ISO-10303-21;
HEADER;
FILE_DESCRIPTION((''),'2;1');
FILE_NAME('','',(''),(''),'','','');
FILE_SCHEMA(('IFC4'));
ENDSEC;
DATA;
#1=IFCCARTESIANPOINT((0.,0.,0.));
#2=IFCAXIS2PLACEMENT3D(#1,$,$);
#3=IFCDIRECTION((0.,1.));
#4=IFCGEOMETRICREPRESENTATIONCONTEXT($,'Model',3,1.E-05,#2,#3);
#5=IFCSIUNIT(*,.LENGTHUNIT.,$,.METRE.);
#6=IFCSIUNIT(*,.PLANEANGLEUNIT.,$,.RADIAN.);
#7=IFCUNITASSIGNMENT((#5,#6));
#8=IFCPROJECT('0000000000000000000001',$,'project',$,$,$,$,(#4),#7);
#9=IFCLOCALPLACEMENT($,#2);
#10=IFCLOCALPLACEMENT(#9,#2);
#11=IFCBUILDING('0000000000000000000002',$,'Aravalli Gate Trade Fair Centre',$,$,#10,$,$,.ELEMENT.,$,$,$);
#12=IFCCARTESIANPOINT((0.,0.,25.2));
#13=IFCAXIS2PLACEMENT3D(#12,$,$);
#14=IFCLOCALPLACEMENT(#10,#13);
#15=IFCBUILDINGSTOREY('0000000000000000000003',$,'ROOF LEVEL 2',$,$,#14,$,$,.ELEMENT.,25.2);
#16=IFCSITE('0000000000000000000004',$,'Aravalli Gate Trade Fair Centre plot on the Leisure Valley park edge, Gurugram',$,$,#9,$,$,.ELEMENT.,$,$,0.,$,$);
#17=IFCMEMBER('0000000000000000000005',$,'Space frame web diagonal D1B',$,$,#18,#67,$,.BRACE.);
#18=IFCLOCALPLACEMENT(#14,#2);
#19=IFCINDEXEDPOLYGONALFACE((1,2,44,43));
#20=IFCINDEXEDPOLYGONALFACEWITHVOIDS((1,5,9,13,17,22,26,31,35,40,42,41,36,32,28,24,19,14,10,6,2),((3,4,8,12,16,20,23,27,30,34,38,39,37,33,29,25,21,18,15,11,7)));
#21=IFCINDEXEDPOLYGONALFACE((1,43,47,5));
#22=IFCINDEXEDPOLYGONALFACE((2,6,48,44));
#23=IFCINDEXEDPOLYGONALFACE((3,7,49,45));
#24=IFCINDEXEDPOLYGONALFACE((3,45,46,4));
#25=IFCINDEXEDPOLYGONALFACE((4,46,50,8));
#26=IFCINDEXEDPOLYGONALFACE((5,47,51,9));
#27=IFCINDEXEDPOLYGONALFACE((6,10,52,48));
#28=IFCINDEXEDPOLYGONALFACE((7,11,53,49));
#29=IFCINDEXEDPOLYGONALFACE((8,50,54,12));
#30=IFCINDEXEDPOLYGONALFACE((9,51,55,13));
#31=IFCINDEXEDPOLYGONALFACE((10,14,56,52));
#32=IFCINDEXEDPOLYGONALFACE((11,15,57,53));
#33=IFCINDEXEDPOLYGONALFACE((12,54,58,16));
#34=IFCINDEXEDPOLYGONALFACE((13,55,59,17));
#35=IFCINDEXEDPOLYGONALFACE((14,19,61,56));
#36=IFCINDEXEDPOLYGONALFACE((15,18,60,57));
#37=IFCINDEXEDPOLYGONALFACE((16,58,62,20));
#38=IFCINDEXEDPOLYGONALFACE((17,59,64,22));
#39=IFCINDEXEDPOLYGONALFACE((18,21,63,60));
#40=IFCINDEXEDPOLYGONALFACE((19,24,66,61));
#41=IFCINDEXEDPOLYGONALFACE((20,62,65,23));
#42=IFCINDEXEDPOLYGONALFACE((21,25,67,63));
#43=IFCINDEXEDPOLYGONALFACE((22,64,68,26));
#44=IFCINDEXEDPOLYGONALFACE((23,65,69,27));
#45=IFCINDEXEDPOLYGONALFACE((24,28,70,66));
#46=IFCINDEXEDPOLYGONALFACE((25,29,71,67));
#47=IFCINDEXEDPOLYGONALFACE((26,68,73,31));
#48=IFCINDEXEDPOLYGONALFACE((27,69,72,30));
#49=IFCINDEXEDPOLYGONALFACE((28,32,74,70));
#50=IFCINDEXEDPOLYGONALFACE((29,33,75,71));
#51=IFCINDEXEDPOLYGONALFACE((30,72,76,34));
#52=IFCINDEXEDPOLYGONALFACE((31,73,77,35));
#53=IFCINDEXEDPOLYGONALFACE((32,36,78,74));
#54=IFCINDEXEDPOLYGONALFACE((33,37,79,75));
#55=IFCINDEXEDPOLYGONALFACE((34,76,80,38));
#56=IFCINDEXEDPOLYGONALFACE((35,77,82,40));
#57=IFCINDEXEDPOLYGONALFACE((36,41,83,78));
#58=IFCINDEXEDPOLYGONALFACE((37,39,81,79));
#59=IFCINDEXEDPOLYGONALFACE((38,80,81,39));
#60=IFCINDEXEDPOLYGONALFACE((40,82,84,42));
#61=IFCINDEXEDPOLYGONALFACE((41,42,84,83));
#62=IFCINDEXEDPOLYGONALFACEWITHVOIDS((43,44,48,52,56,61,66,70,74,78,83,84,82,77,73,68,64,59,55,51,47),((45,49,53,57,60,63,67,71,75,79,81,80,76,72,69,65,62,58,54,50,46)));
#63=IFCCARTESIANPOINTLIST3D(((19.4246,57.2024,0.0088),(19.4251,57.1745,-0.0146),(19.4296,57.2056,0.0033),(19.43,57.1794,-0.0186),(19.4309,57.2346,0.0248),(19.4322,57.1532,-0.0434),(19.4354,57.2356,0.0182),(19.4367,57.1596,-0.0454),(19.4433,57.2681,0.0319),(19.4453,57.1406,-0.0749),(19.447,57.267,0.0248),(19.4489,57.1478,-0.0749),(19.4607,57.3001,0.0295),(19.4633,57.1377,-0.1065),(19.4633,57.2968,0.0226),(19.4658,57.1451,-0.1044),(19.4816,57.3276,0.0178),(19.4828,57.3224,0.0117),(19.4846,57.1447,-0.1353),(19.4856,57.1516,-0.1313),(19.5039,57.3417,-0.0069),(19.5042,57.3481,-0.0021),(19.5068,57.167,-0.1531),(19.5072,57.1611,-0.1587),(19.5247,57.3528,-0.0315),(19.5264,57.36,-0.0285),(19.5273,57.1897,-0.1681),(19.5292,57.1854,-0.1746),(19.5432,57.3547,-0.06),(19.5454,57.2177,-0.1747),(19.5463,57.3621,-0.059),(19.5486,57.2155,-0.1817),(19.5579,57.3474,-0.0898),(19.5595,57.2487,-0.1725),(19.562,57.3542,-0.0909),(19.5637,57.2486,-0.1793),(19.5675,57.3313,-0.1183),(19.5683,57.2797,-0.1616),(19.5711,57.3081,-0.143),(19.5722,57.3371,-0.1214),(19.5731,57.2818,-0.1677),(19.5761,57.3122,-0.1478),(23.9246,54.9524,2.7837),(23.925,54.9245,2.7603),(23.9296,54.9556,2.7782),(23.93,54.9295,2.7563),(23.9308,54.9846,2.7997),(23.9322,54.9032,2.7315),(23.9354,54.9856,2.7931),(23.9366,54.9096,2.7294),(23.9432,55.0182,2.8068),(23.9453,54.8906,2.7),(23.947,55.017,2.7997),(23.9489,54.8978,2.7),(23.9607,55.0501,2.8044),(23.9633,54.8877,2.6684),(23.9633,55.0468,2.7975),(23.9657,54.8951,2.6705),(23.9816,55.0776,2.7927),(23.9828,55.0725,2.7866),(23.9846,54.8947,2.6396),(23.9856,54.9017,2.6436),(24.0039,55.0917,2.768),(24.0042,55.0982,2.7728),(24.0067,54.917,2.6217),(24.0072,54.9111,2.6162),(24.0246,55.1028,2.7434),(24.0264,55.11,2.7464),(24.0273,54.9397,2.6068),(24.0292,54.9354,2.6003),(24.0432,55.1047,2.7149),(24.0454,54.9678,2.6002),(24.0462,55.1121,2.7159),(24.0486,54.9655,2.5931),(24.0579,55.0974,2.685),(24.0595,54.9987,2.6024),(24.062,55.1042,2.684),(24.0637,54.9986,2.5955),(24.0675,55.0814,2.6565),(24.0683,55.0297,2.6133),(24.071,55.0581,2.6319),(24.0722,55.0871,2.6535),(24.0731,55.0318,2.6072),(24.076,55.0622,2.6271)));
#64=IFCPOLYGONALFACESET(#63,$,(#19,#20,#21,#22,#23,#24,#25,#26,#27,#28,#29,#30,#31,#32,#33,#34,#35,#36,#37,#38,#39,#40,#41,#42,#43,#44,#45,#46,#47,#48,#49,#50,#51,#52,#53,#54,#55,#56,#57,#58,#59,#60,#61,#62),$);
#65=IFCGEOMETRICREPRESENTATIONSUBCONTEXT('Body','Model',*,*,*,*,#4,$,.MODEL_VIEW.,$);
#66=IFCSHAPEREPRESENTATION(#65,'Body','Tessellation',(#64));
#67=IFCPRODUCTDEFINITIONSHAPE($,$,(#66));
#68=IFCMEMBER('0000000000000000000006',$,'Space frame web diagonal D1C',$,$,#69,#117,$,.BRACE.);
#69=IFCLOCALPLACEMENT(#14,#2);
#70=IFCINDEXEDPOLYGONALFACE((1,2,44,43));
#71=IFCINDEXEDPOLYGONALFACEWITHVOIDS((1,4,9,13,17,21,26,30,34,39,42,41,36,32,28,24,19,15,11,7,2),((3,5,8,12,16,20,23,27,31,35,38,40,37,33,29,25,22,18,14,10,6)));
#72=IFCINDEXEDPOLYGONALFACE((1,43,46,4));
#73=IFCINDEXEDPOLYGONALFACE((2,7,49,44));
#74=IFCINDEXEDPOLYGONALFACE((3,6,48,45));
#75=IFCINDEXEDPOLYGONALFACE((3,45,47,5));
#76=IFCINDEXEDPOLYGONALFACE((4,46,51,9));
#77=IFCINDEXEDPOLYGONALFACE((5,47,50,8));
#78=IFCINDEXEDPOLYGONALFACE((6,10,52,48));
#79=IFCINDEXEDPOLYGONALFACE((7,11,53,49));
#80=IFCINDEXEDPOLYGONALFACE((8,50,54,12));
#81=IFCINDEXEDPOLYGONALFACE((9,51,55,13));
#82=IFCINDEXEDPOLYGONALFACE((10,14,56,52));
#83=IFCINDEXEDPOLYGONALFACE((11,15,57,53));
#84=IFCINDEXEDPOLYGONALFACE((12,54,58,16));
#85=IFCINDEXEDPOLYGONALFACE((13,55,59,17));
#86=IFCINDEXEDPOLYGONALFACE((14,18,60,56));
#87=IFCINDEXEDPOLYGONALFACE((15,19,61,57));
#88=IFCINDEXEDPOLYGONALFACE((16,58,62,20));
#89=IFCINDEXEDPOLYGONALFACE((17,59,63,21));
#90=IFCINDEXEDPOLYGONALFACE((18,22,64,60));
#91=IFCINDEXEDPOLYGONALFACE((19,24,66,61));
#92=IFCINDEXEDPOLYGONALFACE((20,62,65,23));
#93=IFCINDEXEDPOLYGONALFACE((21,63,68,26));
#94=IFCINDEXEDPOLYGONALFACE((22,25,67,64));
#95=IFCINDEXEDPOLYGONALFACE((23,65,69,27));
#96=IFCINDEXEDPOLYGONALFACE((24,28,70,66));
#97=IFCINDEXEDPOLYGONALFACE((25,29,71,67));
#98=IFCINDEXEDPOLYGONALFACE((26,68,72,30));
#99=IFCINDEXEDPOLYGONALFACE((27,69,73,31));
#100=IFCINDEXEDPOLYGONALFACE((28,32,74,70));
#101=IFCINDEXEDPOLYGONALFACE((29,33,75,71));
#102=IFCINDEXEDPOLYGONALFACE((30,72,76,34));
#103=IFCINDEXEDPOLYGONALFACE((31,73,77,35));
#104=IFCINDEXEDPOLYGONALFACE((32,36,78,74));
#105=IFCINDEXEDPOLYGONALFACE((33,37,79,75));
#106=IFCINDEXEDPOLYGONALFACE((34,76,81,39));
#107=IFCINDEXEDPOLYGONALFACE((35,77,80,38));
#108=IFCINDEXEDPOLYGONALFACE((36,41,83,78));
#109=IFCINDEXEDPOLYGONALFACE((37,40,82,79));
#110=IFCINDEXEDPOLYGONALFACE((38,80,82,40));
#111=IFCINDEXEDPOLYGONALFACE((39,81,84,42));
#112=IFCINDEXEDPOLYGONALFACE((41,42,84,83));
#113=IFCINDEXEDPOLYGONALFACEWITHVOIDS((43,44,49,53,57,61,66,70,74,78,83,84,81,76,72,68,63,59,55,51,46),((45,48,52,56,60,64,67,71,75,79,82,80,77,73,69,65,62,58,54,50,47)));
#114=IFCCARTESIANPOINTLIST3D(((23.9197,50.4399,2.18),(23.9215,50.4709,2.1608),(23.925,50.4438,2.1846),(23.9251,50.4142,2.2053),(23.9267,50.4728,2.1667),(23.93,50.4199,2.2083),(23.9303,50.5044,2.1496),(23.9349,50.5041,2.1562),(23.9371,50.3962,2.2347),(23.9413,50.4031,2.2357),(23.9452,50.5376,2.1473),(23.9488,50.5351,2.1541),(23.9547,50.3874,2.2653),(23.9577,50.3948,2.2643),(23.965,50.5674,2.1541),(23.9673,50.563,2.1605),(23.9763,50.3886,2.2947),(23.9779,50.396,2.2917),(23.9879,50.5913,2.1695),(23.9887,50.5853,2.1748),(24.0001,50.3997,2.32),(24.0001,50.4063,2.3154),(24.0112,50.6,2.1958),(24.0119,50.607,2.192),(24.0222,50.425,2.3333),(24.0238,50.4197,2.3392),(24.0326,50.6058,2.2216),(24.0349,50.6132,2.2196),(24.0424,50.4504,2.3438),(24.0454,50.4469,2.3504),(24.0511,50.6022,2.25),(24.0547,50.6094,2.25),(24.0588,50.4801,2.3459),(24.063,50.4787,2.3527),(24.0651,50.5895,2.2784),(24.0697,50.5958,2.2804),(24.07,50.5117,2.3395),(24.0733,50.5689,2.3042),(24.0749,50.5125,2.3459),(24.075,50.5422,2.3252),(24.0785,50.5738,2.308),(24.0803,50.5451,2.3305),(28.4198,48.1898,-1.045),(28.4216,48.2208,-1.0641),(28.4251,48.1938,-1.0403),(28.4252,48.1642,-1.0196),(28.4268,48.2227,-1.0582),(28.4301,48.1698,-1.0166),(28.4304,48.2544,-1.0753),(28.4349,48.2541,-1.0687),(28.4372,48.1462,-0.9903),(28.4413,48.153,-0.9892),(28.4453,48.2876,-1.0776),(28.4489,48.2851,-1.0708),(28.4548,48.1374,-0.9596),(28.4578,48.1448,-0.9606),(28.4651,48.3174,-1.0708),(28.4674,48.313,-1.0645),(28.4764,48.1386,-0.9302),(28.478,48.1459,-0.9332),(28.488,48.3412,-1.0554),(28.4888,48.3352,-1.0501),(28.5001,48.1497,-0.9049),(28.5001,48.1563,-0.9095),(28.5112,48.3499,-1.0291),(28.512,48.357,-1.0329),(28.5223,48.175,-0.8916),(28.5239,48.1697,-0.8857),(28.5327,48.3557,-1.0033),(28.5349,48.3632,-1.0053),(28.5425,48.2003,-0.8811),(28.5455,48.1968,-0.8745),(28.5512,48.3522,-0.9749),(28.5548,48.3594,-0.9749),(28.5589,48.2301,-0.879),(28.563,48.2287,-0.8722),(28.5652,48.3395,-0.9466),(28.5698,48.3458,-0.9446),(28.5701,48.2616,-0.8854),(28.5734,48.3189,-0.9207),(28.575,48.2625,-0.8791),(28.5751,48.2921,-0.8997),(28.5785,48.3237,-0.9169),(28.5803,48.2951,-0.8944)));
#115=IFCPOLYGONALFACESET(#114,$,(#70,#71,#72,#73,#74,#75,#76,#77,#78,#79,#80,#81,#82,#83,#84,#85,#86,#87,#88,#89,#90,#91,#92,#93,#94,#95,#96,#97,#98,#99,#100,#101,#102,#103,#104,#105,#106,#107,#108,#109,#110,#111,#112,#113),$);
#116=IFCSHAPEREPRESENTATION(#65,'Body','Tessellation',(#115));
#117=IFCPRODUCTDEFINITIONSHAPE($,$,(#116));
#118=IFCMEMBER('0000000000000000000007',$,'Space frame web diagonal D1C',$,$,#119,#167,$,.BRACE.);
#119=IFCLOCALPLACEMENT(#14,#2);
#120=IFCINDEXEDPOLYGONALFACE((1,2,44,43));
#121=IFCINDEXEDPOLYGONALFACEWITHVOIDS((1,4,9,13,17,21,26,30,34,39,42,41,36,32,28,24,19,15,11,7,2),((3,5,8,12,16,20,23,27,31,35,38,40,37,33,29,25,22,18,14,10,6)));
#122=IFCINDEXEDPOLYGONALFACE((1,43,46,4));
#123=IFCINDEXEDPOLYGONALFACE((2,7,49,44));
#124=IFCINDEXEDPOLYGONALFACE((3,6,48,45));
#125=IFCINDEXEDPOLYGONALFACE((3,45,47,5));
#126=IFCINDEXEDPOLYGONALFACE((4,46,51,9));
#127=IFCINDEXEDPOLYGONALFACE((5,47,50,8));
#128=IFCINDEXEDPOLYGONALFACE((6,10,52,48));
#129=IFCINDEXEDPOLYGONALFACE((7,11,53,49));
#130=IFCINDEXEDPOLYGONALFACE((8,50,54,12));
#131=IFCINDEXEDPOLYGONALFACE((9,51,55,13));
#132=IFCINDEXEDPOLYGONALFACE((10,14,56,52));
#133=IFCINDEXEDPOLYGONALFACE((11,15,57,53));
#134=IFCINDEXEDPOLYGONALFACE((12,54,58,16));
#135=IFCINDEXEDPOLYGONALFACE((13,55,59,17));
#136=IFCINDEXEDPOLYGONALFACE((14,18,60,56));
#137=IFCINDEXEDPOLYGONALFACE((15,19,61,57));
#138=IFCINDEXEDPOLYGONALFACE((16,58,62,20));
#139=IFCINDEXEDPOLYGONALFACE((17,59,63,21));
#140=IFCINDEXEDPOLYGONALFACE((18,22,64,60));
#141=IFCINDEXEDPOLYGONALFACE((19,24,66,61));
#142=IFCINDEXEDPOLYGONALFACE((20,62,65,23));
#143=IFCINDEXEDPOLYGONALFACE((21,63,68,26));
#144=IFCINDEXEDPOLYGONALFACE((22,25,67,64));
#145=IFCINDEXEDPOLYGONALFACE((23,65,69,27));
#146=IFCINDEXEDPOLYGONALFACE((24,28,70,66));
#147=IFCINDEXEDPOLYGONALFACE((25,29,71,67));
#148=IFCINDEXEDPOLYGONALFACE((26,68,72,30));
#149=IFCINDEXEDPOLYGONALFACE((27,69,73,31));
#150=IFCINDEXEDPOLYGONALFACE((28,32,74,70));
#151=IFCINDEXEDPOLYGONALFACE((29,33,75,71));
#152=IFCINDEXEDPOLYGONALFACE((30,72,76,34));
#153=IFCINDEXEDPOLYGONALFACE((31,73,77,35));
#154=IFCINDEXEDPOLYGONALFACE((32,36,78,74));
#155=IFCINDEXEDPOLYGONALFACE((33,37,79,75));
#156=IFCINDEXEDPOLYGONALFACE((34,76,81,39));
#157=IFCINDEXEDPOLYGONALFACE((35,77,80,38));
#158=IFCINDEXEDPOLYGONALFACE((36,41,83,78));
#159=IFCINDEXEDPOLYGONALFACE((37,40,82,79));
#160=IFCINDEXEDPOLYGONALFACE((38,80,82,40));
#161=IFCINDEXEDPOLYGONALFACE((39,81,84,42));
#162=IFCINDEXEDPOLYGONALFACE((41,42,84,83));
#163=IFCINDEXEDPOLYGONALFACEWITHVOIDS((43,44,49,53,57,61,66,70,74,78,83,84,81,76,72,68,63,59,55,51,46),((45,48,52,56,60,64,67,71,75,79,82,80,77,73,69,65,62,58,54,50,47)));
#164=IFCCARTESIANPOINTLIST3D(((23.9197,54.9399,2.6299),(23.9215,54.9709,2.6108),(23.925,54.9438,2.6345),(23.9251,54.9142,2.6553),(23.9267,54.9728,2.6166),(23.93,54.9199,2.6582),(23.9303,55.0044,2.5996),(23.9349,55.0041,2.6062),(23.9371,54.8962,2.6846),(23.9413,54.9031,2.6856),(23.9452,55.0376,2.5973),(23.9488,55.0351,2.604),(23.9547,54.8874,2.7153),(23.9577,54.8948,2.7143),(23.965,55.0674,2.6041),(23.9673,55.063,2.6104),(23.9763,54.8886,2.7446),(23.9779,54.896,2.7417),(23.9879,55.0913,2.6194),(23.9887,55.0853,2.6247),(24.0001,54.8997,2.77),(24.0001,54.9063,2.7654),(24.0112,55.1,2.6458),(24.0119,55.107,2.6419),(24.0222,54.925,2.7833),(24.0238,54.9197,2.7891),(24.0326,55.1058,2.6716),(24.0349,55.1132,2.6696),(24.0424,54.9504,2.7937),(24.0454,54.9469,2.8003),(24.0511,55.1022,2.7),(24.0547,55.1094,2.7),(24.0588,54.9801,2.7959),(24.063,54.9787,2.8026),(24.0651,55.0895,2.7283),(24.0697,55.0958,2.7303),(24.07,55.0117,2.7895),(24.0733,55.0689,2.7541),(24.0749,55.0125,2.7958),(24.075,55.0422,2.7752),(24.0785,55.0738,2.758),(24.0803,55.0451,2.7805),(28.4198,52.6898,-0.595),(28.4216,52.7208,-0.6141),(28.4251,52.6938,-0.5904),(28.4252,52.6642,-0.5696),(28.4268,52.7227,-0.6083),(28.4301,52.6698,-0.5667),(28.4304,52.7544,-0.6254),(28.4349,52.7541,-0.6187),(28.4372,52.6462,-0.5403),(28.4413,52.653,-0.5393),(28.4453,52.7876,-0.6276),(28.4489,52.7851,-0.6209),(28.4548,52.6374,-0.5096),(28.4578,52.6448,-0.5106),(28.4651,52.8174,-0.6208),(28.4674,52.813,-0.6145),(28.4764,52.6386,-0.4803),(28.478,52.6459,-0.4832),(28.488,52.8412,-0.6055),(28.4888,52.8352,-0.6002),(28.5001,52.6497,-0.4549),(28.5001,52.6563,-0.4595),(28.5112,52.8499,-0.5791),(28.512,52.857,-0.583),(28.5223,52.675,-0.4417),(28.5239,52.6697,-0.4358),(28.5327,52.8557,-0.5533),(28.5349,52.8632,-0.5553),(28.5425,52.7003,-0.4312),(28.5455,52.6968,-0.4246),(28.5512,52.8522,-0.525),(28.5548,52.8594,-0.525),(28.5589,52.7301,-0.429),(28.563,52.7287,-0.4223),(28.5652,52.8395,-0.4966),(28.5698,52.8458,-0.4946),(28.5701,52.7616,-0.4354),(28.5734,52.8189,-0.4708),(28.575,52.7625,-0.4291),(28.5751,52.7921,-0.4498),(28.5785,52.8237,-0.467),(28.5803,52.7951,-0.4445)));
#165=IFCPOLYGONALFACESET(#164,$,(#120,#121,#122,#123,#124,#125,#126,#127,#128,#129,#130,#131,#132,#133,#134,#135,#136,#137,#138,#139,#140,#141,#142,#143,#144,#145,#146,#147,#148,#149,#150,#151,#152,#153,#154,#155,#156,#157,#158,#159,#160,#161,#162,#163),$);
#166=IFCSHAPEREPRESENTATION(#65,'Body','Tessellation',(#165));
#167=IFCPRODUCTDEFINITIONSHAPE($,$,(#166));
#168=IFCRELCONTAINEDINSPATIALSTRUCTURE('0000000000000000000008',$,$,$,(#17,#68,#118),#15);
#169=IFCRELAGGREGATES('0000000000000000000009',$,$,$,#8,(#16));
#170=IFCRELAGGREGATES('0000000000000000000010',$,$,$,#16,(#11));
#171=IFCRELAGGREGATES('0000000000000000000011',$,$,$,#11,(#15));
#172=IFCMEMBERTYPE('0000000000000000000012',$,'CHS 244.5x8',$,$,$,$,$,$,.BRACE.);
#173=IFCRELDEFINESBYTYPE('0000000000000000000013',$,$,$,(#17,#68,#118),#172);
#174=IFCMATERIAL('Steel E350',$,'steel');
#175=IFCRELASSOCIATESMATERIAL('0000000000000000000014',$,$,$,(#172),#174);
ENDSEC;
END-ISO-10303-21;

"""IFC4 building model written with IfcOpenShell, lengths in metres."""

from ifc_helpers import new_model, si_unit, direction, frame, origin, origin_2d, place, context, subcontext, project, spatial, hollow_circle, extrude, material, material_profile, profile_set, type_object, element, save


model = new_model("IFC4")

# Units and contexts
model_context = context("Model", 3, precision=1e-05, world=origin(), true_north=direction((0.0, 1.0)))
body_context = subcontext(model_context, "Body", "Model", "MODEL_VIEW")
ifc_project = project(units=[si_unit("LENGTHUNIT", "METRE"), si_unit("PLANEANGLEUNIT", "RADIAN")], contexts=[model_context])

# Site, building, storey
site_placement = place(None, origin())
site = spatial("IfcSite", under=ifc_project, at=site_placement, Name="Aravalli Gate Trade Fair Centre plot on the Leisure Valley park edge, Gurugram", CompositionType="ELEMENT", RefElevation=0.0)
building_placement = place(site_placement, origin())
building = spatial("IfcBuilding", under=site, at=building_placement, Name="Aravalli Gate Trade Fair Centre", CompositionType="ELEMENT")
storey_placement = place(building_placement, frame((0.0, 0.0, 25.2)))
storey = spatial("IfcBuildingStorey", under=building, at=storey_placement, Name="ROOF LEVEL 2", CompositionType="ELEMENT", Elevation=25.2)

# Members
ifc_material = material(Name="Steel E350", Category="steel")
ifc_material_profile_1 = material_profile(ifc_material, hollow_circle(Radius=0.1223, WallThickness=0.0081, at=origin_2d()), Name="CHS 244.5x8")
ifc_profile_set_1 = profile_set([ifc_material_profile_1], Name="Steel E350")
member_type_1 = type_object("IfcMemberType", Name="CHS 244.5x8", PredefinedType="BRACE", material=ifc_profile_set_1)
for number, where, z_axis, x_axis, name in (
    (1, (24.0, 55.0, 2.7), (-0.7832, 0.3916, -0.482956), (-0.447214, -0.894427, 0.0), "Space frame web diagonal D1B"),
):
    element("IfcMember", number, at=place(storey_placement, frame(where, z_axis=z_axis, x_axis=x_axis)), inside=storey, type_object=member_type_1, Name=name, PredefinedType="BRACE", context=body_context, shape_type="SweptSolid", body=[
        extrude(hollow_circle(Radius=0.1223, WallThickness=0.0081, at=origin_2d()), origin(), (0.0, 0.0, 1.0), 5.7456),
    ])
for number, where, z_axis, x_axis, name in (
    (2, (24.0, 50.5, 2.25), (0.753016, -0.376508, -0.539637), (0.447214, 0.894427, 0.0), "Space frame web diagonal D1C"),
    (3, (24.0, 55.0, 2.7), (0.753016, -0.376508, -0.539637), (0.447214, 0.894427, 0.0), "Space frame web diagonal D1C"),
):
    element("IfcMember", number, at=place(storey_placement, frame(where, z_axis=z_axis, x_axis=x_axis)), inside=storey, type_object=member_type_1, Name=name, PredefinedType="BRACE", context=body_context, shape_type="SweptSolid", body=[
        extrude(hollow_circle(Radius=0.1223, WallThickness=0.0081, at=origin_2d()), origin(), (0.0, 0.0, 1.0), 5.9761),
    ])

save(model, "model.ifc")
